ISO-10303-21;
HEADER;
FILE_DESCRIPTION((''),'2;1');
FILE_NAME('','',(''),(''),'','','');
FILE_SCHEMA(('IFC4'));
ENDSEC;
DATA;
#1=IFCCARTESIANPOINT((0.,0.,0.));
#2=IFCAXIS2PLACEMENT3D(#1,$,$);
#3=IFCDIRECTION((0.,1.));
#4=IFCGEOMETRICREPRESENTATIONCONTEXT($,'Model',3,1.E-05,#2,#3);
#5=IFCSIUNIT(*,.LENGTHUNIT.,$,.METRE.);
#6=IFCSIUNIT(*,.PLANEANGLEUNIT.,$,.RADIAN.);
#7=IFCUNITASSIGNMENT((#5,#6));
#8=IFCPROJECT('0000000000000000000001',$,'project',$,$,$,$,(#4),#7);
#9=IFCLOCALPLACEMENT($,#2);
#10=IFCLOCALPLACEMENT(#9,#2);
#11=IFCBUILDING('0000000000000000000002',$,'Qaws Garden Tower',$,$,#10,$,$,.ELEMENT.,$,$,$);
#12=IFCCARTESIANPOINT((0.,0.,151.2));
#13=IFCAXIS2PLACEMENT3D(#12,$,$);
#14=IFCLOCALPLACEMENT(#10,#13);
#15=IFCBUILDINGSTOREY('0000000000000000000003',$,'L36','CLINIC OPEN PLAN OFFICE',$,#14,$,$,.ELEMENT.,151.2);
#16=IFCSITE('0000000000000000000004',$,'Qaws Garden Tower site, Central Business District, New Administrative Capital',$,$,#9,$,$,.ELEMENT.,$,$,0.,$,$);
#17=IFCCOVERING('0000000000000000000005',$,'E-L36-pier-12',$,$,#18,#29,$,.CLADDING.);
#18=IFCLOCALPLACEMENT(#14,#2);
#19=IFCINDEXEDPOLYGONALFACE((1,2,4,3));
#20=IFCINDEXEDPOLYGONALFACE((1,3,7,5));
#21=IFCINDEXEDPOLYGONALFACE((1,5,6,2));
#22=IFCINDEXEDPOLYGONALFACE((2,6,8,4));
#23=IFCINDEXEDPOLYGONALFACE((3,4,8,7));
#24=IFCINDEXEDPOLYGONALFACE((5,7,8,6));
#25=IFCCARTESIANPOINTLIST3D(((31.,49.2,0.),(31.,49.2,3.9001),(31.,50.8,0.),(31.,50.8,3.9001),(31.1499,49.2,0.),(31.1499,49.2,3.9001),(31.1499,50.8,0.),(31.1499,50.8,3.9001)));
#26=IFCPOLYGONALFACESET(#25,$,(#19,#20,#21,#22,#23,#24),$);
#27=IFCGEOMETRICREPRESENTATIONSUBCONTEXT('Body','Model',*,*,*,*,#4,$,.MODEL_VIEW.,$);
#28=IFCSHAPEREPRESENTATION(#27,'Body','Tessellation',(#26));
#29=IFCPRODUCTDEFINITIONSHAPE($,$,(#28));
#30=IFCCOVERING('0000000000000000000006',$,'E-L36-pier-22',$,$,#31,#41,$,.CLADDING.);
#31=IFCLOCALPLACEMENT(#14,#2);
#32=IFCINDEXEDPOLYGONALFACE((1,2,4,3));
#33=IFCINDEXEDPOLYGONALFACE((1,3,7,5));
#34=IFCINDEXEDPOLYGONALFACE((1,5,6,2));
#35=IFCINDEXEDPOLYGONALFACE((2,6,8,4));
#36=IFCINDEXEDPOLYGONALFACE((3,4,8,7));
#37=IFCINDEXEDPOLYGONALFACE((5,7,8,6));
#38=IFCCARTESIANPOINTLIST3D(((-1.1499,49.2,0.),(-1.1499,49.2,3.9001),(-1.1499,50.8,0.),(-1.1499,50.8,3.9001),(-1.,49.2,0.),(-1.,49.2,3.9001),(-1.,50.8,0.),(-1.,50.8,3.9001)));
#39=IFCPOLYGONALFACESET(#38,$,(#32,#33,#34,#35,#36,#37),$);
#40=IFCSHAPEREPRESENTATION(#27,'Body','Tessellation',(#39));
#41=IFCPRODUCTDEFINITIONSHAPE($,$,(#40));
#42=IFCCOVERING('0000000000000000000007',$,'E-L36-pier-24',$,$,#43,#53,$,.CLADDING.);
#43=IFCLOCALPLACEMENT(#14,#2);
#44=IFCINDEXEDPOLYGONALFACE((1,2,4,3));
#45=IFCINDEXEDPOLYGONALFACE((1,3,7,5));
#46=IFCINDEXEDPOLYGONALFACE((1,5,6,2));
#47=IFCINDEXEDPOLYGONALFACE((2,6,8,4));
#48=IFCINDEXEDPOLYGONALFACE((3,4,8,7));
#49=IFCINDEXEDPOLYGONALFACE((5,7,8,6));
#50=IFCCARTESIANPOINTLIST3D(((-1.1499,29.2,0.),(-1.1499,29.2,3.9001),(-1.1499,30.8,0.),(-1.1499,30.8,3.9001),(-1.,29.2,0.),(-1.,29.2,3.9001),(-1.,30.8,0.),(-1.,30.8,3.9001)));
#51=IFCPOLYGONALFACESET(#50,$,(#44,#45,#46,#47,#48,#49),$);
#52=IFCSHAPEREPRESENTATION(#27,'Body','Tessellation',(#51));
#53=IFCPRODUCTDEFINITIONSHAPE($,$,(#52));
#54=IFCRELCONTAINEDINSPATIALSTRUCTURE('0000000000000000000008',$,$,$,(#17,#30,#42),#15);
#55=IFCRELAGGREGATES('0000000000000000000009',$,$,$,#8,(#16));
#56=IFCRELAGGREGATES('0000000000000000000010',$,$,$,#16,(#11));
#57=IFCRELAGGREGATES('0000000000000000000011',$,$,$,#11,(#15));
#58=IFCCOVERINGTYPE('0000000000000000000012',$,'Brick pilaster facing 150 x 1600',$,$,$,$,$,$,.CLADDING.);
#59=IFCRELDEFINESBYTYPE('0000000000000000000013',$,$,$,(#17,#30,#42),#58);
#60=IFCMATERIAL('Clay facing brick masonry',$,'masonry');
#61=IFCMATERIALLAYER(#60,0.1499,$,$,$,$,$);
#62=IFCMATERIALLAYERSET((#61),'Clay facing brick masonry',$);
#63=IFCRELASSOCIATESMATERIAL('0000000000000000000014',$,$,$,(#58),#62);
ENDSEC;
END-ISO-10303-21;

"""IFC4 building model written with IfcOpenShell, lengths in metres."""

from ifc_helpers import new_model, si_unit, direction, frame, origin, place, context, subcontext, project, spatial, polyline, outline, extrude, material, layer, layer_set, type_object, element, save


model = new_model("IFC4")

# Units and contexts
model_context = context("Model", 3, precision=1e-05, world=origin(), true_north=direction((0.0, 1.0)))
body_context = subcontext(model_context, "Body", "Model", "MODEL_VIEW")
ifc_project = project(units=[si_unit("LENGTHUNIT", "METRE"), si_unit("PLANEANGLEUNIT", "RADIAN")], contexts=[model_context])

# Site, building, storey
site_placement = place(None, origin())
site = spatial("IfcSite", under=ifc_project, at=site_placement, Name="Qaws Garden Tower site, Central Business District, New Administrative Capital", CompositionType="ELEMENT", RefElevation=0.0)
building_placement = place(site_placement, origin())
building = spatial("IfcBuilding", under=site, at=building_placement, Name="Qaws Garden Tower", CompositionType="ELEMENT")
storey_placement = place(building_placement, frame((0.0, 0.0, 151.2)))
storey = spatial("IfcBuildingStorey", under=building, at=storey_placement, Name="L36", Description="CLINIC OPEN PLAN OFFICE", CompositionType="ELEMENT", Elevation=151.2)

# Shared definitions
placement = place(storey_placement, origin())

# Coverings
ifc_material_1 = material(Name="Clay facing brick masonry", Category="masonry")
ifc_layer_1 = layer(ifc_material_1, 0.1499)
ifc_layer_set_1 = layer_set([ifc_layer_1], Name="Clay facing brick masonry")
covering_type = type_object("IfcCoveringType", Name="Brick pilaster facing 150 x 1600", PredefinedType="CLADDING", material=ifc_layer_set_1)
element("IfcCovering", 1, at=placement, inside=storey, type_object=covering_type, Name="E-L36-pier-12", PredefinedType="CLADDING", context=body_context, shape_type="SweptSolid", body=[
    extrude(outline(polyline([(31.0, 49.2), (31.0, 50.8), (31.1499, 50.8), (31.1499, 49.2), (31.0, 49.2)])), origin(), (0.0, 0.0, 1.0), 3.9001),
])
element("IfcCovering", 2, at=placement, inside=storey, type_object=covering_type, Name="E-L36-pier-22", PredefinedType="CLADDING", context=body_context, shape_type="SweptSolid", body=[
    extrude(outline(polyline([(-1.0, 50.8), (-1.0, 49.2), (-1.1499, 49.2), (-1.1499, 50.8), (-1.0, 50.8)])), origin(), (0.0, 0.0, 1.0), 3.9001),
])
element("IfcCovering", 3, at=placement, inside=storey, type_object=covering_type, Name="E-L36-pier-24", PredefinedType="CLADDING", context=body_context, shape_type="SweptSolid", body=[
    extrude(outline(polyline([(-1.0, 30.8), (-1.0, 29.2), (-1.1499, 29.2), (-1.1499, 30.8), (-1.0, 30.8)])), origin(), (0.0, 0.0, 1.0), 3.9001),
])

save(model, "model.ifc")
